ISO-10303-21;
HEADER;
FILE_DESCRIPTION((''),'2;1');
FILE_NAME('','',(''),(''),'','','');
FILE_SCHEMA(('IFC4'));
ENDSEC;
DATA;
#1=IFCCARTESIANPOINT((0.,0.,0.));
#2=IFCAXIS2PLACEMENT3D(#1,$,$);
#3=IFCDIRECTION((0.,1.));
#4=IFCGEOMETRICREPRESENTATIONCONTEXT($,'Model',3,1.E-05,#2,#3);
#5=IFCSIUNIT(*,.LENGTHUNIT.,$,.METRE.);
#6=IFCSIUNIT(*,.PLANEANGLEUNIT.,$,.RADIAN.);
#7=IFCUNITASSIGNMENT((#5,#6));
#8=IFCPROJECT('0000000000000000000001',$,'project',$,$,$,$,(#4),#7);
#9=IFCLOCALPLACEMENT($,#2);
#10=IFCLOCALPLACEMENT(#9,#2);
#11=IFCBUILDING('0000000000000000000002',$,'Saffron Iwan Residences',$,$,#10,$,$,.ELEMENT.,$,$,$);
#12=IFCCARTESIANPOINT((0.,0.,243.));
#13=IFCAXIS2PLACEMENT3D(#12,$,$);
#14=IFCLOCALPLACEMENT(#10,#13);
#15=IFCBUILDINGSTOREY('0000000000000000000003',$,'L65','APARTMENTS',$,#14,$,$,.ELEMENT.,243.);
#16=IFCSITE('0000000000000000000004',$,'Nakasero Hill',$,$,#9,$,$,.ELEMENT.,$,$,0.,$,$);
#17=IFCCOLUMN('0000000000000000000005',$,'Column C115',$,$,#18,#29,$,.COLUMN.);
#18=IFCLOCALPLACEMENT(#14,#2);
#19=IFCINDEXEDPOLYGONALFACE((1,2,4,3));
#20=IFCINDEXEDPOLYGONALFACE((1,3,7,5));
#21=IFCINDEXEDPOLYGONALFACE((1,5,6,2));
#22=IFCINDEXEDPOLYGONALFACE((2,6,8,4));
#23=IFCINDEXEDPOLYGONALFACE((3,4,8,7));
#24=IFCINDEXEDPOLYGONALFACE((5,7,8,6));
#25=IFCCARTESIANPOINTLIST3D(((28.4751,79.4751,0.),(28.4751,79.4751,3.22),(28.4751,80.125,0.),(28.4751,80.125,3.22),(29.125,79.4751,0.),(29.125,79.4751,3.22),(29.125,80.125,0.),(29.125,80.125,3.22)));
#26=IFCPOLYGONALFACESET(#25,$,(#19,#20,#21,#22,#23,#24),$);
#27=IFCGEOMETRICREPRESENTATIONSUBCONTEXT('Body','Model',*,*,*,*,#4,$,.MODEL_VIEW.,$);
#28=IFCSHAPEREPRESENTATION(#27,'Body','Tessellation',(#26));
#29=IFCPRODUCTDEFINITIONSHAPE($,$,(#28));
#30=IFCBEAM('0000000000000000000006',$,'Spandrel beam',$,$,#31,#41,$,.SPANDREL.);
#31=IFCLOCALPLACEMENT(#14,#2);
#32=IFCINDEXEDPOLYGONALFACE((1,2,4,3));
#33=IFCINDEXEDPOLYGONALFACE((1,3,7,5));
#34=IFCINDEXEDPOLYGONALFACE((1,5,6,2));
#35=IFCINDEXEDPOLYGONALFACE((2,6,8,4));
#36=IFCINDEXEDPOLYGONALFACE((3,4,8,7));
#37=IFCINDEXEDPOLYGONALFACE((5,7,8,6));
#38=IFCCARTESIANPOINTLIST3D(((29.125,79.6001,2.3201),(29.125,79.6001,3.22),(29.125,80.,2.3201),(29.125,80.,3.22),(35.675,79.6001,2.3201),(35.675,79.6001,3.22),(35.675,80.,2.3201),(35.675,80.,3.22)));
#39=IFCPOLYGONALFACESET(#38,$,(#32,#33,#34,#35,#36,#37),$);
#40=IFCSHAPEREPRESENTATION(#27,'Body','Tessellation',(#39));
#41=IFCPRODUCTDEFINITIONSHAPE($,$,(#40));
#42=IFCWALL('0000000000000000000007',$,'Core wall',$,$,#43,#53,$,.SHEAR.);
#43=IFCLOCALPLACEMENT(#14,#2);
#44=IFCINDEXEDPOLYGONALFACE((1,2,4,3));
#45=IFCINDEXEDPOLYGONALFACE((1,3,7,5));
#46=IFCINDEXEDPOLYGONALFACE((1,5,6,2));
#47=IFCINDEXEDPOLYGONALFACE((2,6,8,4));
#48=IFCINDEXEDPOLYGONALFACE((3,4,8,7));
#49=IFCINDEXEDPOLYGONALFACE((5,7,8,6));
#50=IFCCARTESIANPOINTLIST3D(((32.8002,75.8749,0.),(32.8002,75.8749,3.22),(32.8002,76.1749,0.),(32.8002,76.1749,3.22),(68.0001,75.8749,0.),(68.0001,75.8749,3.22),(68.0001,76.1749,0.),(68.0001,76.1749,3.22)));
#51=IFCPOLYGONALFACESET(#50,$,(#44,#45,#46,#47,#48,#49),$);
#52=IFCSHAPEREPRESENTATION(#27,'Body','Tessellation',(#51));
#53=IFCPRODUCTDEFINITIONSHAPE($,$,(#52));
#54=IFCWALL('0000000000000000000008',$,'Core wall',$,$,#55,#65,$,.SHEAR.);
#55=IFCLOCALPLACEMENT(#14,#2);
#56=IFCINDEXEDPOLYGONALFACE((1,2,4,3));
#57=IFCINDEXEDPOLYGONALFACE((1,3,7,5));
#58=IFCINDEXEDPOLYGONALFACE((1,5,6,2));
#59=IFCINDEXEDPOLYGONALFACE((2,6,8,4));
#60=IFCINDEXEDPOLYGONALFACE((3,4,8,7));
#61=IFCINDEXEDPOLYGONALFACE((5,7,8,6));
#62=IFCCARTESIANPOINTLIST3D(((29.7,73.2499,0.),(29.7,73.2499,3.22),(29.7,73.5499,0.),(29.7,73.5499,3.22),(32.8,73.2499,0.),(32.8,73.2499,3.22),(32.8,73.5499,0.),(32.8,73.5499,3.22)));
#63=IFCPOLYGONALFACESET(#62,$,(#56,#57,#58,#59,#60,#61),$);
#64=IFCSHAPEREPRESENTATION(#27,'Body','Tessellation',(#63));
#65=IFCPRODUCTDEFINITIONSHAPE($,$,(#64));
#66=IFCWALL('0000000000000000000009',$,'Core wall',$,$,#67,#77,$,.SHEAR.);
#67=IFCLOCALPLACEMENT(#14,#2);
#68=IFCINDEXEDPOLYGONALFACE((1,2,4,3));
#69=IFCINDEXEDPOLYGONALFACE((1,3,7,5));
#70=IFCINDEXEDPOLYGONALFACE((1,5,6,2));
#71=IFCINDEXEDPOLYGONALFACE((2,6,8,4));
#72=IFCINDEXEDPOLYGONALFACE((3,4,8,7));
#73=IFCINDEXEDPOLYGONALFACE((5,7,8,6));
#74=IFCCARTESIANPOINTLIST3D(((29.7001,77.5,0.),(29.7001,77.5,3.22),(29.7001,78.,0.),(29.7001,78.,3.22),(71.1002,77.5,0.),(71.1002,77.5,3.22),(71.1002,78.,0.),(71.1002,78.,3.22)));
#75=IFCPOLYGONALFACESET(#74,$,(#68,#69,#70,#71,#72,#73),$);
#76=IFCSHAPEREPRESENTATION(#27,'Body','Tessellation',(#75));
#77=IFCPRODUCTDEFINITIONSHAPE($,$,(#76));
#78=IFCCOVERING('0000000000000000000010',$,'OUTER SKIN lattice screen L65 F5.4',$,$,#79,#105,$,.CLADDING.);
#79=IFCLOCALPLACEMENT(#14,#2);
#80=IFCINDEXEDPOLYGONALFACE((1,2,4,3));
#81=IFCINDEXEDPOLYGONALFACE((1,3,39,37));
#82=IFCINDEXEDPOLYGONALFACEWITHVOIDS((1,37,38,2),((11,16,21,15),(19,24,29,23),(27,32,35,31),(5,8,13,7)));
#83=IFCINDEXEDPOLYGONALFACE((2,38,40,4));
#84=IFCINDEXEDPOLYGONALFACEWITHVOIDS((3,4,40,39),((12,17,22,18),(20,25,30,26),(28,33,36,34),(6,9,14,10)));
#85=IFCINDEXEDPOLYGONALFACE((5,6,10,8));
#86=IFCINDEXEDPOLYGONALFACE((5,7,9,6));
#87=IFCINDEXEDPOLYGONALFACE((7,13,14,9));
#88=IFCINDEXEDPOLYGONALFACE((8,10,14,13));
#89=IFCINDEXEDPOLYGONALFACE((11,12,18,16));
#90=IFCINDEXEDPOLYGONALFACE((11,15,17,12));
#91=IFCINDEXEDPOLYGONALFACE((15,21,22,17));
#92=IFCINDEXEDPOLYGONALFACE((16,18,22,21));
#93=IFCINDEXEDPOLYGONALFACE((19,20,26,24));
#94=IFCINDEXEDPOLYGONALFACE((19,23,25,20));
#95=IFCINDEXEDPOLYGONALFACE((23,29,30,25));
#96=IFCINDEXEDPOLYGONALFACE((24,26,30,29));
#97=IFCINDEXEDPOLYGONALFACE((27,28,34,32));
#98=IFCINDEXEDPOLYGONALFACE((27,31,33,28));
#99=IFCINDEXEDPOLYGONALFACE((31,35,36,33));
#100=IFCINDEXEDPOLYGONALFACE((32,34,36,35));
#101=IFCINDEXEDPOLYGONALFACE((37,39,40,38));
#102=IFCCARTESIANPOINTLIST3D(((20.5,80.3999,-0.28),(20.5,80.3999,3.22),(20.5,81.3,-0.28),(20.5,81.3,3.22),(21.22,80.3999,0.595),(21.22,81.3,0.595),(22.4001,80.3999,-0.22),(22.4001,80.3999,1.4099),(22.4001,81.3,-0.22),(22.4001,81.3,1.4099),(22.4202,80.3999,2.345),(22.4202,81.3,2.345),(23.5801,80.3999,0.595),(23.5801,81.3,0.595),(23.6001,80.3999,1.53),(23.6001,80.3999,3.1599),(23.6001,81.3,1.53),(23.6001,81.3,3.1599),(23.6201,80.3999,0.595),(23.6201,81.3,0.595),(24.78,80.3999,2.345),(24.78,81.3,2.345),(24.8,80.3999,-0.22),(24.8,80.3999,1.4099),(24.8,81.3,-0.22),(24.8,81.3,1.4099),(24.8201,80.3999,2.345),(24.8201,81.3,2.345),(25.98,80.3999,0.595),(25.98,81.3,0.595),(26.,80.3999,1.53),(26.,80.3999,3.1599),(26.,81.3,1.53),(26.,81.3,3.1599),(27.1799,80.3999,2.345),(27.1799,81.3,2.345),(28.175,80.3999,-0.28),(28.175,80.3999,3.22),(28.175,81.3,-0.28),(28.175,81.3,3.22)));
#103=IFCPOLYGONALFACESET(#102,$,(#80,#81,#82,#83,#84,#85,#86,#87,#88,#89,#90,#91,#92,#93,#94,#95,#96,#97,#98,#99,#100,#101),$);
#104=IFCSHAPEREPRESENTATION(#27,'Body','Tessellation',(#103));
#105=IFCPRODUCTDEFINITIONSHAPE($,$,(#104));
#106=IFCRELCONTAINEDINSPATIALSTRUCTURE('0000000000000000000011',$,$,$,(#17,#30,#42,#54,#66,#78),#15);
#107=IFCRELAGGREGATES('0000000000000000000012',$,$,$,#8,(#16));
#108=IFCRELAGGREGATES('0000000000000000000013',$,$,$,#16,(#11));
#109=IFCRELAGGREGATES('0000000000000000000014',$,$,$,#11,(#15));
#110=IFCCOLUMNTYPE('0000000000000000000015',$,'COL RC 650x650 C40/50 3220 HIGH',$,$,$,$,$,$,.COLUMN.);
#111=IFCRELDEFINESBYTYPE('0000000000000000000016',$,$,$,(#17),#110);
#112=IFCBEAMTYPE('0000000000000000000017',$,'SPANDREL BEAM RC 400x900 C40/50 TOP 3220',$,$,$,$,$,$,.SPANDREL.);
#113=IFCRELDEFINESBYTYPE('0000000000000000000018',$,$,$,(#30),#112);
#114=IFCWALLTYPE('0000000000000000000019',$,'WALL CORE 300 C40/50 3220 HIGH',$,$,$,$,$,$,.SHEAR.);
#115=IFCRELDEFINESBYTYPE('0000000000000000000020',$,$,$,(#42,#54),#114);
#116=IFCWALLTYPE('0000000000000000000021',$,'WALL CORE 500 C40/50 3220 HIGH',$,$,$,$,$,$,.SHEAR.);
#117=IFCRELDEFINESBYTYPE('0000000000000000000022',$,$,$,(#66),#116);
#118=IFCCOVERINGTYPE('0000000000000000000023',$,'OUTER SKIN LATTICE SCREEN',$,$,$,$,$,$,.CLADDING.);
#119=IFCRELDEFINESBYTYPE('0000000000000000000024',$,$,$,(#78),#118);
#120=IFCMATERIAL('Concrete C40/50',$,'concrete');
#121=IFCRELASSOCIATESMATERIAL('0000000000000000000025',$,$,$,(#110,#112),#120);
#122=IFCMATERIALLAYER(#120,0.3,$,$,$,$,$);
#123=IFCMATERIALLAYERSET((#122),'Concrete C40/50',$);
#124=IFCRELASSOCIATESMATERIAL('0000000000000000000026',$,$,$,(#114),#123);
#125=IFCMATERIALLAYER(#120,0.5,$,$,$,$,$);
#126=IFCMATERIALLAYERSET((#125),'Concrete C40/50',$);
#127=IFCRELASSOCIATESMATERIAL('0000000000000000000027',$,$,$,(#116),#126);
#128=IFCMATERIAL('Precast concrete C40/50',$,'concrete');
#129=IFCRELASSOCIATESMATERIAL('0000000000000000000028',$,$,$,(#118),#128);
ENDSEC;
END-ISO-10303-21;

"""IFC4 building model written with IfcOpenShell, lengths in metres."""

from ifc_helpers import new_model, si_unit, direction, frame, frame_2d, origin, origin_2d, place, context, subcontext, project, spatial, polyline, rectangle, outline, extrude, source, transform, mapped, material, layer, layer_set, material_profile, profile_set, type_object, element, save


model = new_model("IFC4")

# Units and contexts
model_context = context("Model", 3, precision=1e-05, world=origin(), true_north=direction((0.0, 1.0)))
body_context = subcontext(model_context, "Body", "Model", "MODEL_VIEW")
ifc_project = project(units=[si_unit("LENGTHUNIT", "METRE"), si_unit("PLANEANGLEUNIT", "RADIAN")], contexts=[model_context])

# Site, building, storey
site_placement = place(None, origin())
site = spatial("IfcSite", under=ifc_project, at=site_placement, Name="Nakasero Hill", CompositionType="ELEMENT", RefElevation=0.0)
building_placement = place(site_placement, origin())
building = spatial("IfcBuilding", under=site, at=building_placement, Name="Saffron Iwan Residences", CompositionType="ELEMENT")
storey_placement = place(building_placement, frame((0.0, 0.0, 243.0)))
storey = spatial("IfcBuildingStorey", under=building, at=storey_placement, Name="L65", Description="APARTMENTS", CompositionType="ELEMENT", Elevation=243.0)

# Column
ifc_material_1 = material(Name="Concrete C40/50", Category="concrete")
ifc_material_profile_1 = material_profile(ifc_material_1, rectangle(XDim=0.6499, YDim=0.6499, at=origin_2d()), Name="RC 650x650")
ifc_profile_set_1 = profile_set([ifc_material_profile_1], Name="Concrete C40/50")
column_type = type_object("IfcColumnType", Name="COL RC 650x650 C40/50 3220 HIGH", PredefinedType="COLUMN", material=ifc_profile_set_1)
shared_shape_1 = source(origin(), body_context, "Body", "SweptSolid", [
    extrude(rectangle(XDim=0.6499, YDim=0.6499, at=origin_2d()), origin(), (0.0, 0.0, 1.0), 3.22),
])
column_placement = place(storey_placement, frame((28.8, 79.8, 0.0), z_axis=(0.0, 0.0, 1.0), x_axis=(1.0, 0.0, 0.0)))
element("IfcColumn", 1, at=column_placement, inside=storey, type_object=column_type, Name="Column C115", PredefinedType="COLUMN", context=body_context, shape_type="MappedRepresentation", body=[
    mapped(shared_shape_1, transform((0.0, 0.0, 0.0))),
])

# Beam
ifc_material_profile_2 = material_profile(ifc_material_1, rectangle(XDim=0.3999, YDim=0.8999, at=origin_2d()), Name="RC 400x900")
ifc_profile_set_2 = profile_set([ifc_material_profile_2], Name="Concrete C40/50")
beam_type = type_object("IfcBeamType", Name="SPANDREL BEAM RC 400x900 C40/50 TOP 3220", PredefinedType="SPANDREL", material=ifc_profile_set_2)
shared_shape_2 = source(origin(), body_context, "Body", "SweptSolid", [
    extrude(rectangle(XDim=0.3999, YDim=0.8999, at=origin_2d()), origin(), (0.0, 0.0, 1.0), 6.55),
])
beam_placement = place(storey_placement, frame((29.125, 79.8, 2.77), z_axis=(1.0, 0.0, 0.0), x_axis=(0.0, 1.0, 0.0)))
element("IfcBeam", 2, at=beam_placement, inside=storey, type_object=beam_type, Name="Spandrel beam", PredefinedType="SPANDREL", context=body_context, shape_type="MappedRepresentation", body=[
    mapped(shared_shape_2, transform((0.0, 0.0, 0.0))),
])

# Walls
ifc_layer_1 = layer(ifc_material_1, 0.3)
ifc_layer_set_1 = layer_set([ifc_layer_1], Name="Concrete C40/50")
wall_type_1 = type_object("IfcWallType", Name="WALL CORE 300 C40/50 3220 HIGH", PredefinedType="SHEAR", material=ifc_layer_set_1)
wall_1_placement = place(storey_placement, frame((32.8, 76.0249, 0.0), z_axis=(0.0, 0.0, 1.0), x_axis=(1.0, 0.0, 0.0)))
element("IfcWall", 3, at=wall_1_placement, inside=storey, type_object=wall_type_1, Name="Core wall", PredefinedType="SHEAR", context=body_context, shape_type="SweptSolid", body=[
    extrude(rectangle(XDim=35.2, YDim=0.3, at=frame_2d((17.6001, 0.0))), origin(), (0.0, 0.0, 1.0), 3.22),
])
wall_2_placement = place(storey_placement, frame((29.7, 73.3999, 0.0), z_axis=(0.0, 0.0, 1.0), x_axis=(1.0, 0.0, 0.0)))
element("IfcWall", 4, at=wall_2_placement, inside=storey, type_object=wall_type_1, Name="Core wall", PredefinedType="SHEAR", context=body_context, shape_type="SweptSolid", body=[
    extrude(rectangle(XDim=3.1001, YDim=0.3, at=frame_2d((1.55, 0.0))), origin(), (0.0, 0.0, 1.0), 3.22),
])
ifc_layer_2 = layer(ifc_material_1, 0.5)
ifc_layer_set_2 = layer_set([ifc_layer_2], Name="Concrete C40/50")
wall_type_2 = type_object("IfcWallType", Name="WALL CORE 500 C40/50 3220 HIGH", PredefinedType="SHEAR", material=ifc_layer_set_2)
wall_3_placement = place(storey_placement, frame((29.7, 77.75, 0.0), z_axis=(0.0, 0.0, 1.0), x_axis=(1.0, 0.0, 0.0)))
element("IfcWall", 5, at=wall_3_placement, inside=storey, type_object=wall_type_2, Name="Core wall", PredefinedType="SHEAR", context=body_context, shape_type="SweptSolid", body=[
    extrude(rectangle(XDim=41.4001, YDim=0.5, at=frame_2d((20.7002, 0.0))), origin(), (0.0, 0.0, 1.0), 3.22),
])

# Covering
ifc_material_2 = material(Name="Precast concrete C40/50", Category="concrete")
covering_type = type_object("IfcCoveringType", Name="OUTER SKIN LATTICE SCREEN", PredefinedType="CLADDING", material=ifc_material_2)
covering_placement = place(storey_placement, frame((28.175, 80.3999, -0.28), z_axis=(0.0, 1.0, 0.0), x_axis=(-1.0, 0.0, 0.0)))
element("IfcCovering", 6, at=covering_placement, inside=storey, type_object=covering_type, Name="OUTER SKIN lattice screen L65 F5.4", PredefinedType="CLADDING", context=body_context, shape_type="SweptSolid", body=[
    extrude(outline(polyline([(0.0, 0.0), (7.675, 0.0), (7.675, 3.5), (0.0, 3.5), (0.0, 0.0)]), holes=[polyline([(2.1951, 0.875), (3.375, 0.0601), (4.5549, 0.875), (3.375, 1.6899), (2.1951, 0.875)]), polyline([(4.595, 0.875), (5.7749, 0.0601), (6.9551, 0.875), (5.7749, 1.6899), (4.595, 0.875)]), polyline([(0.9951, 2.625), (2.175, 1.8101), (3.355, 2.625), (2.175, 3.4399), (0.9951, 2.625)]), polyline([(3.395, 2.625), (4.575, 1.8101), (5.7549, 2.625), (4.575, 3.4399), (3.395, 2.625)])]), origin(), (0.0, 0.0, 1.0), 0.9001),
])

save(model, "model.ifc")
